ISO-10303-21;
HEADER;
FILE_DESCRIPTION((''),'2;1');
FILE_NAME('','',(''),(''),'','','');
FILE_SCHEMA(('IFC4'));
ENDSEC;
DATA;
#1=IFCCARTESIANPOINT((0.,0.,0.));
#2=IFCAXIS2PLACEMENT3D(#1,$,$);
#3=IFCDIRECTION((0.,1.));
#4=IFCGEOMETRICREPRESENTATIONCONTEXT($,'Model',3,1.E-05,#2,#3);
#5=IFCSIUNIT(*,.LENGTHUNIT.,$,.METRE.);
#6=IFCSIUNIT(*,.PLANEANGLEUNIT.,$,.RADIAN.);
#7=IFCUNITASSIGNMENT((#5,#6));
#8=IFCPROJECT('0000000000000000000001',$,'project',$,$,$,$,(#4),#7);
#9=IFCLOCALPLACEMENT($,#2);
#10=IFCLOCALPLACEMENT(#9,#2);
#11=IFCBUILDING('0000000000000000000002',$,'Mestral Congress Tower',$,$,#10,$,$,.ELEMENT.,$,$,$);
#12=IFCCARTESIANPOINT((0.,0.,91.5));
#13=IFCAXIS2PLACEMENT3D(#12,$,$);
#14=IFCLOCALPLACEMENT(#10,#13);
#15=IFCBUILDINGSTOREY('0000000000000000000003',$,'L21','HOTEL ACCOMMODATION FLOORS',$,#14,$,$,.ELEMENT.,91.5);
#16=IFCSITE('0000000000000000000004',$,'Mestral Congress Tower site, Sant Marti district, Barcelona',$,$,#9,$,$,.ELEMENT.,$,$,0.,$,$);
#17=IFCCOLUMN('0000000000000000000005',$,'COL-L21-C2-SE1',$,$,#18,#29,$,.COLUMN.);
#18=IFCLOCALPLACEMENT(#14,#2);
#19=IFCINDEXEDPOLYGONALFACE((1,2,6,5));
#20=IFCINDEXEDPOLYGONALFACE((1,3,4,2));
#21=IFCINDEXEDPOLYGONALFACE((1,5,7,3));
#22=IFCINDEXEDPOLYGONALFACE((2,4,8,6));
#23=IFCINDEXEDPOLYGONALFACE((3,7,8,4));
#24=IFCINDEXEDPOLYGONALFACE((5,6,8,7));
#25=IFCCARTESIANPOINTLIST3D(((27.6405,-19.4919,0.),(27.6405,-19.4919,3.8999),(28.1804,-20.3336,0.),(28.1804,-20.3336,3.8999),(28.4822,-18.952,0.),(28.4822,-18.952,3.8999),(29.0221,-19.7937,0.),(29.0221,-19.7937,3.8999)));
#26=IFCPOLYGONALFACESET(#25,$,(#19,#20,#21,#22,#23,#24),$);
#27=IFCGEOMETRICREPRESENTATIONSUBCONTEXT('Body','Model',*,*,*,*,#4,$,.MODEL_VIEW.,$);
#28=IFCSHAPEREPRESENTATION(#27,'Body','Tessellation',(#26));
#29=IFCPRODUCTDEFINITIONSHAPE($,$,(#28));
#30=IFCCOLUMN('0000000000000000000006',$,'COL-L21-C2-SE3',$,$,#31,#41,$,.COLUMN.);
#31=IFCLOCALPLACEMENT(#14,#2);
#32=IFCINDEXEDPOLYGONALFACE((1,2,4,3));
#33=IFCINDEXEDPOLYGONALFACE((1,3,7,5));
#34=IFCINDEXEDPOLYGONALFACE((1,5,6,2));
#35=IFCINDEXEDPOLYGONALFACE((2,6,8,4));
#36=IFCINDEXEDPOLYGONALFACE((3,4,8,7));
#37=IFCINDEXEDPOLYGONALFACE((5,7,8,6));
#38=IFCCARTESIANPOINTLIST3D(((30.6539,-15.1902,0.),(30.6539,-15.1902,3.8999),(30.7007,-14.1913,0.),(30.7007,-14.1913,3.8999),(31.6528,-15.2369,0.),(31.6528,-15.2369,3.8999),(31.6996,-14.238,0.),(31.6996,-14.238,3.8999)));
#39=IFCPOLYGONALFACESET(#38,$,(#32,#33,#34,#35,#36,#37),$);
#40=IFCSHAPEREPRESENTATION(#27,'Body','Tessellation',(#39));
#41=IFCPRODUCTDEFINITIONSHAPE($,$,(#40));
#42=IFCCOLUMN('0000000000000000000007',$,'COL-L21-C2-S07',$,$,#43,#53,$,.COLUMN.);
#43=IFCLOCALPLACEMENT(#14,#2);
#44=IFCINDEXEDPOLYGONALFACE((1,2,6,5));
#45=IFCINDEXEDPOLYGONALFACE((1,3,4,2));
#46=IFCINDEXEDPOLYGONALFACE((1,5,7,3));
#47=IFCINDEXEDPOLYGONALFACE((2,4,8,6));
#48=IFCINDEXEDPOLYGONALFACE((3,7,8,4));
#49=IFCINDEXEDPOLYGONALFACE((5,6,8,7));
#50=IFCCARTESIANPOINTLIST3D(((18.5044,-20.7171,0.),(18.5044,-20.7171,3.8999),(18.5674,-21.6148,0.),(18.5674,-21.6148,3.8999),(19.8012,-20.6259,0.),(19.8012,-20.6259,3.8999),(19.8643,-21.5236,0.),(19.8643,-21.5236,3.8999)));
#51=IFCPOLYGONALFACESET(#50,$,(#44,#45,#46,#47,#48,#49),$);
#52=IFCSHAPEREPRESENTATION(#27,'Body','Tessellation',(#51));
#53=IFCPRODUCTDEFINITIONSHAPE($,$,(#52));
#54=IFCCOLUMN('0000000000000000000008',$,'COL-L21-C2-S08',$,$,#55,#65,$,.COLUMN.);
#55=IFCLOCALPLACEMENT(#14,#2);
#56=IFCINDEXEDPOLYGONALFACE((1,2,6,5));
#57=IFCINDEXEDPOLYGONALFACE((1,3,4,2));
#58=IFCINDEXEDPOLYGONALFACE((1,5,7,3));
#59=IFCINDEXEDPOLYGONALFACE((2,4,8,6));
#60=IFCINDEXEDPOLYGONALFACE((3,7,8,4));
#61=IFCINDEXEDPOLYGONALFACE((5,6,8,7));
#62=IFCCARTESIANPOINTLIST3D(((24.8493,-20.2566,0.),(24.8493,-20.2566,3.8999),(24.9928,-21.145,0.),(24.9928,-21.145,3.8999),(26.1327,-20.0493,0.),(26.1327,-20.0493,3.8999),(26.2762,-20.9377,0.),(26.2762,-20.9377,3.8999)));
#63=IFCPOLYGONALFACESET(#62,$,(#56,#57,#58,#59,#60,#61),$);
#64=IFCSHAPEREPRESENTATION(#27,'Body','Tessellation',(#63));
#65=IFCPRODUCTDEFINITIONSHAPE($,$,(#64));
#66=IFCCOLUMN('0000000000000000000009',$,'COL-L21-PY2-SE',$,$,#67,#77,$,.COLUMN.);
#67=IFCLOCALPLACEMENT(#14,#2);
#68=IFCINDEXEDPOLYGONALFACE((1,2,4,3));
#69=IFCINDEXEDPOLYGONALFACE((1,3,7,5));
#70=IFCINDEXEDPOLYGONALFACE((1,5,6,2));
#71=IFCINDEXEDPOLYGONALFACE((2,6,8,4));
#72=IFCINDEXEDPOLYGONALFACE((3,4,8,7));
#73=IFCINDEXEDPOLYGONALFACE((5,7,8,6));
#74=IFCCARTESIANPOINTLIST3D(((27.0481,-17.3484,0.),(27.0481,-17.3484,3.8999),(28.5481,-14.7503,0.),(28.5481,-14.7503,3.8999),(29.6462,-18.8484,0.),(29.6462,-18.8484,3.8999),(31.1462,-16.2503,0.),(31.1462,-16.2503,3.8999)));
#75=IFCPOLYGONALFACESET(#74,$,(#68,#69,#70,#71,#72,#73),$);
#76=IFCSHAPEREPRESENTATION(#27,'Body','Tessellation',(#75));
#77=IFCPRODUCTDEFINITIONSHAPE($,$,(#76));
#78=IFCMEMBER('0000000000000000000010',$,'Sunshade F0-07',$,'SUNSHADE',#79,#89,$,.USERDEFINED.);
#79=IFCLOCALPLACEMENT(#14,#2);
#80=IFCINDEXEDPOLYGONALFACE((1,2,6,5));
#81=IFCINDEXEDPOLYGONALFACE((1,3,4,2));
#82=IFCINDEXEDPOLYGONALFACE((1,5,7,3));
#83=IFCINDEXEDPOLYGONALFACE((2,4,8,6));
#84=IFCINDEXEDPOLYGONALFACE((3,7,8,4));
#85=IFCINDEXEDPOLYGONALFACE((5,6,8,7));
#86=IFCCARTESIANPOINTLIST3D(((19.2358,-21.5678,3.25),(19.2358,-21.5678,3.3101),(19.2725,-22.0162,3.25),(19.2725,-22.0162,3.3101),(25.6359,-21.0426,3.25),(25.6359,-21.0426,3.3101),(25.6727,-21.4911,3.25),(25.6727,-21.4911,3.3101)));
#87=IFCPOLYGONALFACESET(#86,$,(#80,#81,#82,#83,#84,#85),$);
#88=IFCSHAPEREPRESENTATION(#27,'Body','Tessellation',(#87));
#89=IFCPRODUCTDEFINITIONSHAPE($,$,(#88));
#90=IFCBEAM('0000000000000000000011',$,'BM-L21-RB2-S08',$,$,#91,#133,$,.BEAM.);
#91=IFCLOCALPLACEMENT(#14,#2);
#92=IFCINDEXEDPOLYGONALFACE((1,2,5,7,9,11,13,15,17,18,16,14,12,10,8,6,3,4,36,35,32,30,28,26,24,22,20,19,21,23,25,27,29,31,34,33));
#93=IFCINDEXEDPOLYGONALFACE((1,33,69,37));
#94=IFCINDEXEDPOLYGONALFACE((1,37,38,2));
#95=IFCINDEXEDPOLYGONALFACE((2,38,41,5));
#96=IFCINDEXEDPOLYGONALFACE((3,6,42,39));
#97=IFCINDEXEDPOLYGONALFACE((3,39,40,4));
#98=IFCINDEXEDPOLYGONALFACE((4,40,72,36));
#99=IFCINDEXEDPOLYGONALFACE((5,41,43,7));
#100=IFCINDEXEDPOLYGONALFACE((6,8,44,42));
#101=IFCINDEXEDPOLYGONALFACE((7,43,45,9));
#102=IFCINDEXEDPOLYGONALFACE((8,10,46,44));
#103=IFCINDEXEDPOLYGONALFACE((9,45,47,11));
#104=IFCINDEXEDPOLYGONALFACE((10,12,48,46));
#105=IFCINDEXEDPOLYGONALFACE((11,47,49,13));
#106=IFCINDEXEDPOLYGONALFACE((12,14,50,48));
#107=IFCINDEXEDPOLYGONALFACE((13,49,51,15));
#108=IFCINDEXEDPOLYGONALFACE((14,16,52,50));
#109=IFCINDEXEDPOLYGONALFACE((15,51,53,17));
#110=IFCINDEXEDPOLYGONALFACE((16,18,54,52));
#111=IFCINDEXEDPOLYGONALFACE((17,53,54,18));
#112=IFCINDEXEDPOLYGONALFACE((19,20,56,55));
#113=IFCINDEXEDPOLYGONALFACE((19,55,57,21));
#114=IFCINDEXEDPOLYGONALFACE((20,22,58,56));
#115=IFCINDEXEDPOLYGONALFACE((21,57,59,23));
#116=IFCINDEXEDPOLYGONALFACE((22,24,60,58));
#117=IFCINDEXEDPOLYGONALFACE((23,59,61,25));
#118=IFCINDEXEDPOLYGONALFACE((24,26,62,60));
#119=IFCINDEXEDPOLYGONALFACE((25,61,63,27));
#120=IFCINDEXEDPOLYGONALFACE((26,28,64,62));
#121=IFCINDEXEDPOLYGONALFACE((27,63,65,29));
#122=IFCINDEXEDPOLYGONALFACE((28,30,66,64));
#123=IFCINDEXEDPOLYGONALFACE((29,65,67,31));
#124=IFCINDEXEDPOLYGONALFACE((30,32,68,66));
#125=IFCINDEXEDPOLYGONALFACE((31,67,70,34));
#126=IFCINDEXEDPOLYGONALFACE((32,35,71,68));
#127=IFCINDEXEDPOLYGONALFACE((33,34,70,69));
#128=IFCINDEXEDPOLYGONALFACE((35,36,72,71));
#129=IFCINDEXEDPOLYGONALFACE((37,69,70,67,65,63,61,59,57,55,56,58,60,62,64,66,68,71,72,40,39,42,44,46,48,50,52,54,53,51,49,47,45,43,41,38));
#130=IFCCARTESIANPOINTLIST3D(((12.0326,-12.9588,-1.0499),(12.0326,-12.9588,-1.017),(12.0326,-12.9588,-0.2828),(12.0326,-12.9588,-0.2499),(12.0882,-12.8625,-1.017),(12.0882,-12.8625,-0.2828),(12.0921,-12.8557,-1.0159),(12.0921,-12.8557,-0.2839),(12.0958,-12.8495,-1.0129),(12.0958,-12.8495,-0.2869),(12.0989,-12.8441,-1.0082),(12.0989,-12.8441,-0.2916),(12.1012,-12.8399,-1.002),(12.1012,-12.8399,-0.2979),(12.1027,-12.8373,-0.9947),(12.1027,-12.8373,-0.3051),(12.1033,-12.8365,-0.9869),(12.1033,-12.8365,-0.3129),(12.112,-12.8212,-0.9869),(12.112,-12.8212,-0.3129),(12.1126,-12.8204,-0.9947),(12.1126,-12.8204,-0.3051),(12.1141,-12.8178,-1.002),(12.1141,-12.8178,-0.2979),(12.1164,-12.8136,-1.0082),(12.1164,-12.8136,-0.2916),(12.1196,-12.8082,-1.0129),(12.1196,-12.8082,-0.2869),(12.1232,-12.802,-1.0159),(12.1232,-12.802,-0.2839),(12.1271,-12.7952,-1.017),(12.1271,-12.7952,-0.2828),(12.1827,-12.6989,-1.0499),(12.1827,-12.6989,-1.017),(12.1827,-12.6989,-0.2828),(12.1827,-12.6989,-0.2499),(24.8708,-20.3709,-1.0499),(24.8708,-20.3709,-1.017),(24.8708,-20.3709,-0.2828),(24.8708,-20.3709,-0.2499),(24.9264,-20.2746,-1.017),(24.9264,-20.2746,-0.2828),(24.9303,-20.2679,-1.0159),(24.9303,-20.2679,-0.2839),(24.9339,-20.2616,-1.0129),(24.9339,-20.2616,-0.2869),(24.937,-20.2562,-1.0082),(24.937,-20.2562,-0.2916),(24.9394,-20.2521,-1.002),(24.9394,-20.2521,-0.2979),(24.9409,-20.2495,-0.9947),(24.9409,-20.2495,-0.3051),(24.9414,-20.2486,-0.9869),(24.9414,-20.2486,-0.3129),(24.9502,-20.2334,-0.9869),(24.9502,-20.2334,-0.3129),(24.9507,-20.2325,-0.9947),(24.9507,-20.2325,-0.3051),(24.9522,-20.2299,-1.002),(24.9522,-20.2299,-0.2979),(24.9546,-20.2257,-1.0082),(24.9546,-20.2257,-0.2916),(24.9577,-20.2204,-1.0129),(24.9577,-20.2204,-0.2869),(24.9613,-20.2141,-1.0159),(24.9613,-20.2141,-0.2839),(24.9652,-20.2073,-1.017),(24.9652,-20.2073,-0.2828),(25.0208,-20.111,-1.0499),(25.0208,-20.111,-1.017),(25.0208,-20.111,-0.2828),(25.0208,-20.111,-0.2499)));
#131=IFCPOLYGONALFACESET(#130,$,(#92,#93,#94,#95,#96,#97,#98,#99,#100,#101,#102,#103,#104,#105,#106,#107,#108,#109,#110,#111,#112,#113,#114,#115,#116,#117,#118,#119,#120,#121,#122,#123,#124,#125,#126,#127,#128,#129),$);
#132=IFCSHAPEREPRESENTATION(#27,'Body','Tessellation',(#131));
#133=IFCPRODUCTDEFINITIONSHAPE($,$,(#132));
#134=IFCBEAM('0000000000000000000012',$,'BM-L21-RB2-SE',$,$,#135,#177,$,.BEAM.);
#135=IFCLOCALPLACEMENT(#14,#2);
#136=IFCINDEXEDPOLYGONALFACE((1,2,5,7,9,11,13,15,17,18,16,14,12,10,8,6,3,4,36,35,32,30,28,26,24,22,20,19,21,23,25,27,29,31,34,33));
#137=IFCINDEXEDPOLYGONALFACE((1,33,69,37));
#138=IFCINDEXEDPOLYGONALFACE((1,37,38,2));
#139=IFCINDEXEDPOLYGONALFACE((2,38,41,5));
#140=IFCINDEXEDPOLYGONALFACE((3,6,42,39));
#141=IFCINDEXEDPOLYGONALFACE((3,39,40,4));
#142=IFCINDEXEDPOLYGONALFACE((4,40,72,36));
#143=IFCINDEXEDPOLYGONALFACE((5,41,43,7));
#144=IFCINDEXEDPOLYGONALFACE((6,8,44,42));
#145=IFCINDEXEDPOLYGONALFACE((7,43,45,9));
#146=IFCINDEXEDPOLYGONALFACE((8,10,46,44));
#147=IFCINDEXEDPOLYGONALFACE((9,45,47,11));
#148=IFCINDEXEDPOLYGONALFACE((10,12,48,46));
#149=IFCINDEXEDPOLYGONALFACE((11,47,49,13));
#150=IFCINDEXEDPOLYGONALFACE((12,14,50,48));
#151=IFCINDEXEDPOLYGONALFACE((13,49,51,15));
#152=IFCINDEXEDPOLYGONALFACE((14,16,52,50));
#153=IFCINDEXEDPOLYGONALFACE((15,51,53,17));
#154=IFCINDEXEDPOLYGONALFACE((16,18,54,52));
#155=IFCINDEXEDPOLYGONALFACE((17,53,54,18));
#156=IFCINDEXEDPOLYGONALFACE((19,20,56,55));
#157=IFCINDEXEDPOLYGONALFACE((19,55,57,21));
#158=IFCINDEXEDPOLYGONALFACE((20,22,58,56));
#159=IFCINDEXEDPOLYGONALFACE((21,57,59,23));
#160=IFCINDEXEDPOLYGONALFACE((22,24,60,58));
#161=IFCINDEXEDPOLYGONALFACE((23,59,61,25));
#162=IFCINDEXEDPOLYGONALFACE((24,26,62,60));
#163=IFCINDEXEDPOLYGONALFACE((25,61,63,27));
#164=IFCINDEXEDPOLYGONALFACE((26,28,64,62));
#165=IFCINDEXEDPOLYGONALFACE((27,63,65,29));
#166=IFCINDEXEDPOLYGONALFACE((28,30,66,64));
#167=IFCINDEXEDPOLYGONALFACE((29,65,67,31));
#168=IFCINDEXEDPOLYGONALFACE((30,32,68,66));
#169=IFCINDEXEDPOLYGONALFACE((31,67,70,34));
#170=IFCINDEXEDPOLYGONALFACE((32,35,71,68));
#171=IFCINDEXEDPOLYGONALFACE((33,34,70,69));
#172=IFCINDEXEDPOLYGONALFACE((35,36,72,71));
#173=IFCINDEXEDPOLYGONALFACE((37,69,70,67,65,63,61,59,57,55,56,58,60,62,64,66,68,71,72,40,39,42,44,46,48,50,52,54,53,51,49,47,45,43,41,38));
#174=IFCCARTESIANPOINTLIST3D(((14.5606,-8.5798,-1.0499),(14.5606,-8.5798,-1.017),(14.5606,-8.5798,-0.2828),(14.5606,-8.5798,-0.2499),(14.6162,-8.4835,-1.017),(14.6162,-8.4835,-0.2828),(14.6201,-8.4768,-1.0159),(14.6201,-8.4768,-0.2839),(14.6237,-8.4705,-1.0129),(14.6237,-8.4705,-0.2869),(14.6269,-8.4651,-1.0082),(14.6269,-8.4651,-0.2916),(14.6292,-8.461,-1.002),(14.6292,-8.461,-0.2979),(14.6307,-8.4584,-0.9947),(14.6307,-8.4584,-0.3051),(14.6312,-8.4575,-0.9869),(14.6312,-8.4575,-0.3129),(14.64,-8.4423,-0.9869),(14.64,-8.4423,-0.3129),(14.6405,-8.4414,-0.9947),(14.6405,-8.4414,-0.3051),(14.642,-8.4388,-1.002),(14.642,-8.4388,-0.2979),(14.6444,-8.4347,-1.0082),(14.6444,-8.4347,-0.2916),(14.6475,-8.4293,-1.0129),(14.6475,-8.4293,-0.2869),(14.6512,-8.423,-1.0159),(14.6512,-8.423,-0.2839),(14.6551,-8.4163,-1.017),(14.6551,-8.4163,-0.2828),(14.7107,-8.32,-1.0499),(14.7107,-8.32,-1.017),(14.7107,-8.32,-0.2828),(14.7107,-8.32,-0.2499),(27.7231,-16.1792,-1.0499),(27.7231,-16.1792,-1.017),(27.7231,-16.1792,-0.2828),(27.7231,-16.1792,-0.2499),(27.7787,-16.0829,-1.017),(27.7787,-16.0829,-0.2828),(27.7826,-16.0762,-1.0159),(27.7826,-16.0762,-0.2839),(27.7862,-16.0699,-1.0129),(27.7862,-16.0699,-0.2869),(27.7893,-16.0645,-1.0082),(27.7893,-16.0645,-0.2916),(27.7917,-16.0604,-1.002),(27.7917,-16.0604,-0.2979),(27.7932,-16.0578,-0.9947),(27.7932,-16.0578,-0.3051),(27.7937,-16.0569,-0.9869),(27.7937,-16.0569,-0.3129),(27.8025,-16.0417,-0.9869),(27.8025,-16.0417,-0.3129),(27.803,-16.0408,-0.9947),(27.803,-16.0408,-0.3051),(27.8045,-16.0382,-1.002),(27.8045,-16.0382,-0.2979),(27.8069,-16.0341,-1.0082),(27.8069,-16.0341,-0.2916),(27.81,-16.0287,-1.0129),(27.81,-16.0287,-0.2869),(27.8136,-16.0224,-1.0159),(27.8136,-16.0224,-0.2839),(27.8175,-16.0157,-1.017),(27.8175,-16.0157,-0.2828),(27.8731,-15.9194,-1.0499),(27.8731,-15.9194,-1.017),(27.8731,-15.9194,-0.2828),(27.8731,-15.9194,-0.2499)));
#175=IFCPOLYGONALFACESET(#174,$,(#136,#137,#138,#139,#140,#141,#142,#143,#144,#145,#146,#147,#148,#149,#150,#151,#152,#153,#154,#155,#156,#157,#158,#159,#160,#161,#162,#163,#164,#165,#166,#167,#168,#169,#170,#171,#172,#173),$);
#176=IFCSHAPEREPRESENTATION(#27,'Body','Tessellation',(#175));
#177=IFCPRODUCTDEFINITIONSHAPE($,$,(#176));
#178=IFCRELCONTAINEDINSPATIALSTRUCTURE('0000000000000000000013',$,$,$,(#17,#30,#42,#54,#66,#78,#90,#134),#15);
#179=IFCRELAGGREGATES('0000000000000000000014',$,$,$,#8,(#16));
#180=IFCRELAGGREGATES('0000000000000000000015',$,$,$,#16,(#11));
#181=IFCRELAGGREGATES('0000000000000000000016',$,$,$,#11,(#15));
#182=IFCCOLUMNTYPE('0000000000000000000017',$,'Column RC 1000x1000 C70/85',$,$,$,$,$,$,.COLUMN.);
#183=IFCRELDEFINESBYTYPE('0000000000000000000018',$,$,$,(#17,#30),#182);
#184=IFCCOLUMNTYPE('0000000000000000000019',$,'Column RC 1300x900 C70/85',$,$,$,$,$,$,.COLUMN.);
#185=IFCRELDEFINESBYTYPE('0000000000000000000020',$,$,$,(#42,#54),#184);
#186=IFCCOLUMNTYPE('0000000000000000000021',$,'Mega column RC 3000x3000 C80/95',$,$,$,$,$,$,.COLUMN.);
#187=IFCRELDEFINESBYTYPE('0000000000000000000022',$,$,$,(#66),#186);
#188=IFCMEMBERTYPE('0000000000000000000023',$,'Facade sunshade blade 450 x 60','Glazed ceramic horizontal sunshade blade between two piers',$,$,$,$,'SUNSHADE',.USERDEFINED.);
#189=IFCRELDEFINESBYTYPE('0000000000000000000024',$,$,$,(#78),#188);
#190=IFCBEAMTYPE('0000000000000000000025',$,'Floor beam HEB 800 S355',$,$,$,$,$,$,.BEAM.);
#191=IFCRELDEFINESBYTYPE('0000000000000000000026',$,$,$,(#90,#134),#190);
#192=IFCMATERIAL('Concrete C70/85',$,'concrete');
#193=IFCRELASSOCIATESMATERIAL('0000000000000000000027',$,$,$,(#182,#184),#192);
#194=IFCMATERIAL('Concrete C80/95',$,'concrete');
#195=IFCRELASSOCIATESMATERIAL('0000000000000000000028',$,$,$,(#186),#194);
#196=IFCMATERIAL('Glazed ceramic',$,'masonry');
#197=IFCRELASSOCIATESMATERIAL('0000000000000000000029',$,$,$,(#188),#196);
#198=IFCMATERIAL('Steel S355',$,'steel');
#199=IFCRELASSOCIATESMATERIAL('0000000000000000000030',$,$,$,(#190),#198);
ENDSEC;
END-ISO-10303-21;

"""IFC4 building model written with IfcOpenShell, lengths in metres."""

from ifc_helpers import new_model, si_unit, direction, frame, origin, origin_2d, place, context, subcontext, project, spatial, rectangle, i_section, extrude, material, material_profile, profile_set, type_object, element, save


model = new_model("IFC4")

# Units and contexts
model_context = context("Model", 3, precision=1e-05, world=origin(), true_north=direction((0.0, 1.0)))
body_context = subcontext(model_context, "Body", "Model", "MODEL_VIEW")
ifc_project = project(units=[si_unit("LENGTHUNIT", "METRE"), si_unit("PLANEANGLEUNIT", "RADIAN")], contexts=[model_context])

# Site, building, storey
site_placement = place(None, origin())
site = spatial("IfcSite", under=ifc_project, at=site_placement, Name="Mestral Congress Tower site, Sant Marti district, Barcelona", CompositionType="ELEMENT", RefElevation=0.0)
building_placement = place(site_placement, origin())
building = spatial("IfcBuilding", under=site, at=building_placement, Name="Mestral Congress Tower", CompositionType="ELEMENT")
storey_placement = place(building_placement, frame((0.0, 0.0, 91.5)))
storey = spatial("IfcBuildingStorey", under=building, at=storey_placement, Name="L21", Description="HOTEL ACCOMMODATION FLOORS", CompositionType="ELEMENT", Elevation=91.5)

# Columns
ifc_material_1 = material(Name="Concrete C70/85", Category="concrete")
ifc_material_profile_1 = material_profile(ifc_material_1, rectangle(XDim=1.0, YDim=1.0, at=origin_2d()), Name="RC 1000x1000")
ifc_profile_set_1 = profile_set([ifc_material_profile_1], Name="Concrete C70/85")
column_type_1 = type_object("IfcColumnType", Name="Column RC 1000x1000 C70/85", PredefinedType="COLUMN", material=ifc_profile_set_1)
for number, where, z_axis, x_axis, name in (
    (1, (28.3313, -19.6428, 0.0), (0.0, 0.0, 1.0), (0.8417, 0.539945, 0.0), "COL-L21-C2-SE1"),
    (2, (31.1768, -14.7141, 0.0), (0.0, 0.0, 1.0), (0.046756, 0.998906, 0.0), "COL-L21-C2-SE3"),
):
    element("IfcColumn", number, at=place(storey_placement, frame(where, z_axis=z_axis, x_axis=x_axis)), inside=storey, type_object=column_type_1, Name=name, PredefinedType="COLUMN", context=body_context, shape_type="SweptSolid", body=[
        extrude(rectangle(XDim=1.0, YDim=1.0, at=origin_2d()), origin(), (0.0, 0.0, 1.0), 3.8999),
    ])
ifc_material_profile_2 = material_profile(ifc_material_1, rectangle(XDim=1.3, YDim=0.8999, at=origin_2d()), Name="RC 1300x900")
ifc_profile_set_2 = profile_set([ifc_material_profile_2], Name="Concrete C70/85")
column_type_2 = type_object("IfcColumnType", Name="Column RC 1300x900 C70/85", PredefinedType="COLUMN", material=ifc_profile_set_2)
for number, where, z_axis, x_axis, name in (
    (3, (19.1843, -21.1204, 0.0), (0.0, 0.0, 1.0), (0.99754, 0.070101, 0.0), "COL-L21-C2-S07"),
    (4, (25.5627, -20.5972, 0.0), (0.0, 0.0, 1.0), (0.987202, 0.159473, 0.0), "COL-L21-C2-S08"),
):
    element("IfcColumn", number, at=place(storey_placement, frame(where, z_axis=z_axis, x_axis=x_axis)), inside=storey, type_object=column_type_2, Name=name, PredefinedType="COLUMN", context=body_context, shape_type="SweptSolid", body=[
        extrude(rectangle(XDim=1.3, YDim=0.8999, at=origin_2d()), origin(), (0.0, 0.0, 1.0), 3.8999),
    ])
ifc_material_2 = material(Name="Concrete C80/95", Category="concrete")
ifc_material_profile_3 = material_profile(ifc_material_2, rectangle(XDim=3.0, YDim=3.0, at=origin_2d()), Name="RC 3000x3000")
ifc_profile_set_3 = profile_set([ifc_material_profile_3], Name="Concrete C80/95")
column_type_3 = type_object("IfcColumnType", Name="Mega column RC 3000x3000 C80/95", PredefinedType="COLUMN", material=ifc_profile_set_3)
column_placement = place(storey_placement, frame((29.0972, -16.7993, 0.0), z_axis=(0.0, 0.0, 1.0), x_axis=(0.866025, -0.5, 0.0)))
element("IfcColumn", 5, at=column_placement, inside=storey, type_object=column_type_3, Name="COL-L21-PY2-SE", PredefinedType="COLUMN", context=body_context, shape_type="SweptSolid", body=[
    extrude(rectangle(XDim=3.0, YDim=3.0, at=origin_2d()), origin(), (0.0, 0.0, 1.0), 3.8999),
])

# Member
ifc_material_3 = material(Name="Glazed ceramic", Category="masonry")
ifc_material_profile_4 = material_profile(ifc_material_3, rectangle(XDim=0.45, YDim=0.0601, at=origin_2d()), Name="Ceramic blade 450 x 60")
ifc_profile_set_4 = profile_set([ifc_material_profile_4], Name="Glazed ceramic")
member_type = type_object("IfcMemberType", Name="Facade sunshade blade 450 x 60", Description="Glazed ceramic horizontal sunshade blade between two piers", ElementType="SUNSHADE", PredefinedType="USERDEFINED", material=ifc_profile_set_4)
member_placement = place(storey_placement, frame((19.2542, -21.792, 3.28), z_axis=(0.996651, 0.081777, 0.0), x_axis=(-0.081777, 0.996651, 0.0)))
element("IfcMember", 6, at=member_placement, inside=storey, type_object=member_type, Name="Sunshade F0-07", ObjectType="SUNSHADE", PredefinedType="USERDEFINED", context=body_context, shape_type="SweptSolid", body=[
    extrude(rectangle(XDim=0.45, YDim=0.0601, at=origin_2d()), origin(), (0.0, 0.0, 1.0), 6.4216),
])

# Beams
ifc_material_4 = material(Name="Steel S355", Category="steel")
ifc_material_profile_5 = material_profile(ifc_material_4, i_section(OverallWidth=0.3, OverallDepth=0.8, WebThickness=0.0176, FlangeThickness=0.033, FilletRadius=0.03, at=origin_2d()), Name="HEB 800")
ifc_profile_set_5 = profile_set([ifc_material_profile_5], Name="Steel S355")
beam_type_1 = type_object("IfcBeamType", Name="Floor beam HEB 800 S355", PredefinedType="BEAM", material=ifc_profile_set_5)
beam_1_placement = place(storey_placement, frame((24.9458, -20.241, -0.6499), z_axis=(-0.866025, 0.5, 0.0), x_axis=(-0.5, -0.866025, 0.0)))
element("IfcBeam", 7, at=beam_1_placement, inside=storey, type_object=beam_type_1, Name="BM-L21-RB2-S08", PredefinedType="BEAM", context=body_context, shape_type="SweptSolid", body=[
    extrude(i_section(OverallWidth=0.3, OverallDepth=0.8, WebThickness=0.0176, FlangeThickness=0.033, FilletRadius=0.03, at=origin_2d()), origin(), (0.0, 0.0, 1.0), 14.8242),
])
beam_2_placement = place(storey_placement, frame((27.7981, -16.0493, -0.6499), z_axis=(-0.866023, 0.500004, 0.0), x_axis=(-0.500004, -0.866023, 0.0)))
element("IfcBeam", 8, at=beam_2_placement, inside=storey, type_object=beam_type_1, Name="BM-L21-RB2-SE", PredefinedType="BEAM", context=body_context, shape_type="SweptSolid", body=[
    extrude(i_section(OverallWidth=0.3, OverallDepth=0.8, WebThickness=0.0176, FlangeThickness=0.033, FilletRadius=0.03, at=origin_2d()), origin(), (0.0, 0.0, 1.0), 15.1987),
])

save(model, "model.ifc")
